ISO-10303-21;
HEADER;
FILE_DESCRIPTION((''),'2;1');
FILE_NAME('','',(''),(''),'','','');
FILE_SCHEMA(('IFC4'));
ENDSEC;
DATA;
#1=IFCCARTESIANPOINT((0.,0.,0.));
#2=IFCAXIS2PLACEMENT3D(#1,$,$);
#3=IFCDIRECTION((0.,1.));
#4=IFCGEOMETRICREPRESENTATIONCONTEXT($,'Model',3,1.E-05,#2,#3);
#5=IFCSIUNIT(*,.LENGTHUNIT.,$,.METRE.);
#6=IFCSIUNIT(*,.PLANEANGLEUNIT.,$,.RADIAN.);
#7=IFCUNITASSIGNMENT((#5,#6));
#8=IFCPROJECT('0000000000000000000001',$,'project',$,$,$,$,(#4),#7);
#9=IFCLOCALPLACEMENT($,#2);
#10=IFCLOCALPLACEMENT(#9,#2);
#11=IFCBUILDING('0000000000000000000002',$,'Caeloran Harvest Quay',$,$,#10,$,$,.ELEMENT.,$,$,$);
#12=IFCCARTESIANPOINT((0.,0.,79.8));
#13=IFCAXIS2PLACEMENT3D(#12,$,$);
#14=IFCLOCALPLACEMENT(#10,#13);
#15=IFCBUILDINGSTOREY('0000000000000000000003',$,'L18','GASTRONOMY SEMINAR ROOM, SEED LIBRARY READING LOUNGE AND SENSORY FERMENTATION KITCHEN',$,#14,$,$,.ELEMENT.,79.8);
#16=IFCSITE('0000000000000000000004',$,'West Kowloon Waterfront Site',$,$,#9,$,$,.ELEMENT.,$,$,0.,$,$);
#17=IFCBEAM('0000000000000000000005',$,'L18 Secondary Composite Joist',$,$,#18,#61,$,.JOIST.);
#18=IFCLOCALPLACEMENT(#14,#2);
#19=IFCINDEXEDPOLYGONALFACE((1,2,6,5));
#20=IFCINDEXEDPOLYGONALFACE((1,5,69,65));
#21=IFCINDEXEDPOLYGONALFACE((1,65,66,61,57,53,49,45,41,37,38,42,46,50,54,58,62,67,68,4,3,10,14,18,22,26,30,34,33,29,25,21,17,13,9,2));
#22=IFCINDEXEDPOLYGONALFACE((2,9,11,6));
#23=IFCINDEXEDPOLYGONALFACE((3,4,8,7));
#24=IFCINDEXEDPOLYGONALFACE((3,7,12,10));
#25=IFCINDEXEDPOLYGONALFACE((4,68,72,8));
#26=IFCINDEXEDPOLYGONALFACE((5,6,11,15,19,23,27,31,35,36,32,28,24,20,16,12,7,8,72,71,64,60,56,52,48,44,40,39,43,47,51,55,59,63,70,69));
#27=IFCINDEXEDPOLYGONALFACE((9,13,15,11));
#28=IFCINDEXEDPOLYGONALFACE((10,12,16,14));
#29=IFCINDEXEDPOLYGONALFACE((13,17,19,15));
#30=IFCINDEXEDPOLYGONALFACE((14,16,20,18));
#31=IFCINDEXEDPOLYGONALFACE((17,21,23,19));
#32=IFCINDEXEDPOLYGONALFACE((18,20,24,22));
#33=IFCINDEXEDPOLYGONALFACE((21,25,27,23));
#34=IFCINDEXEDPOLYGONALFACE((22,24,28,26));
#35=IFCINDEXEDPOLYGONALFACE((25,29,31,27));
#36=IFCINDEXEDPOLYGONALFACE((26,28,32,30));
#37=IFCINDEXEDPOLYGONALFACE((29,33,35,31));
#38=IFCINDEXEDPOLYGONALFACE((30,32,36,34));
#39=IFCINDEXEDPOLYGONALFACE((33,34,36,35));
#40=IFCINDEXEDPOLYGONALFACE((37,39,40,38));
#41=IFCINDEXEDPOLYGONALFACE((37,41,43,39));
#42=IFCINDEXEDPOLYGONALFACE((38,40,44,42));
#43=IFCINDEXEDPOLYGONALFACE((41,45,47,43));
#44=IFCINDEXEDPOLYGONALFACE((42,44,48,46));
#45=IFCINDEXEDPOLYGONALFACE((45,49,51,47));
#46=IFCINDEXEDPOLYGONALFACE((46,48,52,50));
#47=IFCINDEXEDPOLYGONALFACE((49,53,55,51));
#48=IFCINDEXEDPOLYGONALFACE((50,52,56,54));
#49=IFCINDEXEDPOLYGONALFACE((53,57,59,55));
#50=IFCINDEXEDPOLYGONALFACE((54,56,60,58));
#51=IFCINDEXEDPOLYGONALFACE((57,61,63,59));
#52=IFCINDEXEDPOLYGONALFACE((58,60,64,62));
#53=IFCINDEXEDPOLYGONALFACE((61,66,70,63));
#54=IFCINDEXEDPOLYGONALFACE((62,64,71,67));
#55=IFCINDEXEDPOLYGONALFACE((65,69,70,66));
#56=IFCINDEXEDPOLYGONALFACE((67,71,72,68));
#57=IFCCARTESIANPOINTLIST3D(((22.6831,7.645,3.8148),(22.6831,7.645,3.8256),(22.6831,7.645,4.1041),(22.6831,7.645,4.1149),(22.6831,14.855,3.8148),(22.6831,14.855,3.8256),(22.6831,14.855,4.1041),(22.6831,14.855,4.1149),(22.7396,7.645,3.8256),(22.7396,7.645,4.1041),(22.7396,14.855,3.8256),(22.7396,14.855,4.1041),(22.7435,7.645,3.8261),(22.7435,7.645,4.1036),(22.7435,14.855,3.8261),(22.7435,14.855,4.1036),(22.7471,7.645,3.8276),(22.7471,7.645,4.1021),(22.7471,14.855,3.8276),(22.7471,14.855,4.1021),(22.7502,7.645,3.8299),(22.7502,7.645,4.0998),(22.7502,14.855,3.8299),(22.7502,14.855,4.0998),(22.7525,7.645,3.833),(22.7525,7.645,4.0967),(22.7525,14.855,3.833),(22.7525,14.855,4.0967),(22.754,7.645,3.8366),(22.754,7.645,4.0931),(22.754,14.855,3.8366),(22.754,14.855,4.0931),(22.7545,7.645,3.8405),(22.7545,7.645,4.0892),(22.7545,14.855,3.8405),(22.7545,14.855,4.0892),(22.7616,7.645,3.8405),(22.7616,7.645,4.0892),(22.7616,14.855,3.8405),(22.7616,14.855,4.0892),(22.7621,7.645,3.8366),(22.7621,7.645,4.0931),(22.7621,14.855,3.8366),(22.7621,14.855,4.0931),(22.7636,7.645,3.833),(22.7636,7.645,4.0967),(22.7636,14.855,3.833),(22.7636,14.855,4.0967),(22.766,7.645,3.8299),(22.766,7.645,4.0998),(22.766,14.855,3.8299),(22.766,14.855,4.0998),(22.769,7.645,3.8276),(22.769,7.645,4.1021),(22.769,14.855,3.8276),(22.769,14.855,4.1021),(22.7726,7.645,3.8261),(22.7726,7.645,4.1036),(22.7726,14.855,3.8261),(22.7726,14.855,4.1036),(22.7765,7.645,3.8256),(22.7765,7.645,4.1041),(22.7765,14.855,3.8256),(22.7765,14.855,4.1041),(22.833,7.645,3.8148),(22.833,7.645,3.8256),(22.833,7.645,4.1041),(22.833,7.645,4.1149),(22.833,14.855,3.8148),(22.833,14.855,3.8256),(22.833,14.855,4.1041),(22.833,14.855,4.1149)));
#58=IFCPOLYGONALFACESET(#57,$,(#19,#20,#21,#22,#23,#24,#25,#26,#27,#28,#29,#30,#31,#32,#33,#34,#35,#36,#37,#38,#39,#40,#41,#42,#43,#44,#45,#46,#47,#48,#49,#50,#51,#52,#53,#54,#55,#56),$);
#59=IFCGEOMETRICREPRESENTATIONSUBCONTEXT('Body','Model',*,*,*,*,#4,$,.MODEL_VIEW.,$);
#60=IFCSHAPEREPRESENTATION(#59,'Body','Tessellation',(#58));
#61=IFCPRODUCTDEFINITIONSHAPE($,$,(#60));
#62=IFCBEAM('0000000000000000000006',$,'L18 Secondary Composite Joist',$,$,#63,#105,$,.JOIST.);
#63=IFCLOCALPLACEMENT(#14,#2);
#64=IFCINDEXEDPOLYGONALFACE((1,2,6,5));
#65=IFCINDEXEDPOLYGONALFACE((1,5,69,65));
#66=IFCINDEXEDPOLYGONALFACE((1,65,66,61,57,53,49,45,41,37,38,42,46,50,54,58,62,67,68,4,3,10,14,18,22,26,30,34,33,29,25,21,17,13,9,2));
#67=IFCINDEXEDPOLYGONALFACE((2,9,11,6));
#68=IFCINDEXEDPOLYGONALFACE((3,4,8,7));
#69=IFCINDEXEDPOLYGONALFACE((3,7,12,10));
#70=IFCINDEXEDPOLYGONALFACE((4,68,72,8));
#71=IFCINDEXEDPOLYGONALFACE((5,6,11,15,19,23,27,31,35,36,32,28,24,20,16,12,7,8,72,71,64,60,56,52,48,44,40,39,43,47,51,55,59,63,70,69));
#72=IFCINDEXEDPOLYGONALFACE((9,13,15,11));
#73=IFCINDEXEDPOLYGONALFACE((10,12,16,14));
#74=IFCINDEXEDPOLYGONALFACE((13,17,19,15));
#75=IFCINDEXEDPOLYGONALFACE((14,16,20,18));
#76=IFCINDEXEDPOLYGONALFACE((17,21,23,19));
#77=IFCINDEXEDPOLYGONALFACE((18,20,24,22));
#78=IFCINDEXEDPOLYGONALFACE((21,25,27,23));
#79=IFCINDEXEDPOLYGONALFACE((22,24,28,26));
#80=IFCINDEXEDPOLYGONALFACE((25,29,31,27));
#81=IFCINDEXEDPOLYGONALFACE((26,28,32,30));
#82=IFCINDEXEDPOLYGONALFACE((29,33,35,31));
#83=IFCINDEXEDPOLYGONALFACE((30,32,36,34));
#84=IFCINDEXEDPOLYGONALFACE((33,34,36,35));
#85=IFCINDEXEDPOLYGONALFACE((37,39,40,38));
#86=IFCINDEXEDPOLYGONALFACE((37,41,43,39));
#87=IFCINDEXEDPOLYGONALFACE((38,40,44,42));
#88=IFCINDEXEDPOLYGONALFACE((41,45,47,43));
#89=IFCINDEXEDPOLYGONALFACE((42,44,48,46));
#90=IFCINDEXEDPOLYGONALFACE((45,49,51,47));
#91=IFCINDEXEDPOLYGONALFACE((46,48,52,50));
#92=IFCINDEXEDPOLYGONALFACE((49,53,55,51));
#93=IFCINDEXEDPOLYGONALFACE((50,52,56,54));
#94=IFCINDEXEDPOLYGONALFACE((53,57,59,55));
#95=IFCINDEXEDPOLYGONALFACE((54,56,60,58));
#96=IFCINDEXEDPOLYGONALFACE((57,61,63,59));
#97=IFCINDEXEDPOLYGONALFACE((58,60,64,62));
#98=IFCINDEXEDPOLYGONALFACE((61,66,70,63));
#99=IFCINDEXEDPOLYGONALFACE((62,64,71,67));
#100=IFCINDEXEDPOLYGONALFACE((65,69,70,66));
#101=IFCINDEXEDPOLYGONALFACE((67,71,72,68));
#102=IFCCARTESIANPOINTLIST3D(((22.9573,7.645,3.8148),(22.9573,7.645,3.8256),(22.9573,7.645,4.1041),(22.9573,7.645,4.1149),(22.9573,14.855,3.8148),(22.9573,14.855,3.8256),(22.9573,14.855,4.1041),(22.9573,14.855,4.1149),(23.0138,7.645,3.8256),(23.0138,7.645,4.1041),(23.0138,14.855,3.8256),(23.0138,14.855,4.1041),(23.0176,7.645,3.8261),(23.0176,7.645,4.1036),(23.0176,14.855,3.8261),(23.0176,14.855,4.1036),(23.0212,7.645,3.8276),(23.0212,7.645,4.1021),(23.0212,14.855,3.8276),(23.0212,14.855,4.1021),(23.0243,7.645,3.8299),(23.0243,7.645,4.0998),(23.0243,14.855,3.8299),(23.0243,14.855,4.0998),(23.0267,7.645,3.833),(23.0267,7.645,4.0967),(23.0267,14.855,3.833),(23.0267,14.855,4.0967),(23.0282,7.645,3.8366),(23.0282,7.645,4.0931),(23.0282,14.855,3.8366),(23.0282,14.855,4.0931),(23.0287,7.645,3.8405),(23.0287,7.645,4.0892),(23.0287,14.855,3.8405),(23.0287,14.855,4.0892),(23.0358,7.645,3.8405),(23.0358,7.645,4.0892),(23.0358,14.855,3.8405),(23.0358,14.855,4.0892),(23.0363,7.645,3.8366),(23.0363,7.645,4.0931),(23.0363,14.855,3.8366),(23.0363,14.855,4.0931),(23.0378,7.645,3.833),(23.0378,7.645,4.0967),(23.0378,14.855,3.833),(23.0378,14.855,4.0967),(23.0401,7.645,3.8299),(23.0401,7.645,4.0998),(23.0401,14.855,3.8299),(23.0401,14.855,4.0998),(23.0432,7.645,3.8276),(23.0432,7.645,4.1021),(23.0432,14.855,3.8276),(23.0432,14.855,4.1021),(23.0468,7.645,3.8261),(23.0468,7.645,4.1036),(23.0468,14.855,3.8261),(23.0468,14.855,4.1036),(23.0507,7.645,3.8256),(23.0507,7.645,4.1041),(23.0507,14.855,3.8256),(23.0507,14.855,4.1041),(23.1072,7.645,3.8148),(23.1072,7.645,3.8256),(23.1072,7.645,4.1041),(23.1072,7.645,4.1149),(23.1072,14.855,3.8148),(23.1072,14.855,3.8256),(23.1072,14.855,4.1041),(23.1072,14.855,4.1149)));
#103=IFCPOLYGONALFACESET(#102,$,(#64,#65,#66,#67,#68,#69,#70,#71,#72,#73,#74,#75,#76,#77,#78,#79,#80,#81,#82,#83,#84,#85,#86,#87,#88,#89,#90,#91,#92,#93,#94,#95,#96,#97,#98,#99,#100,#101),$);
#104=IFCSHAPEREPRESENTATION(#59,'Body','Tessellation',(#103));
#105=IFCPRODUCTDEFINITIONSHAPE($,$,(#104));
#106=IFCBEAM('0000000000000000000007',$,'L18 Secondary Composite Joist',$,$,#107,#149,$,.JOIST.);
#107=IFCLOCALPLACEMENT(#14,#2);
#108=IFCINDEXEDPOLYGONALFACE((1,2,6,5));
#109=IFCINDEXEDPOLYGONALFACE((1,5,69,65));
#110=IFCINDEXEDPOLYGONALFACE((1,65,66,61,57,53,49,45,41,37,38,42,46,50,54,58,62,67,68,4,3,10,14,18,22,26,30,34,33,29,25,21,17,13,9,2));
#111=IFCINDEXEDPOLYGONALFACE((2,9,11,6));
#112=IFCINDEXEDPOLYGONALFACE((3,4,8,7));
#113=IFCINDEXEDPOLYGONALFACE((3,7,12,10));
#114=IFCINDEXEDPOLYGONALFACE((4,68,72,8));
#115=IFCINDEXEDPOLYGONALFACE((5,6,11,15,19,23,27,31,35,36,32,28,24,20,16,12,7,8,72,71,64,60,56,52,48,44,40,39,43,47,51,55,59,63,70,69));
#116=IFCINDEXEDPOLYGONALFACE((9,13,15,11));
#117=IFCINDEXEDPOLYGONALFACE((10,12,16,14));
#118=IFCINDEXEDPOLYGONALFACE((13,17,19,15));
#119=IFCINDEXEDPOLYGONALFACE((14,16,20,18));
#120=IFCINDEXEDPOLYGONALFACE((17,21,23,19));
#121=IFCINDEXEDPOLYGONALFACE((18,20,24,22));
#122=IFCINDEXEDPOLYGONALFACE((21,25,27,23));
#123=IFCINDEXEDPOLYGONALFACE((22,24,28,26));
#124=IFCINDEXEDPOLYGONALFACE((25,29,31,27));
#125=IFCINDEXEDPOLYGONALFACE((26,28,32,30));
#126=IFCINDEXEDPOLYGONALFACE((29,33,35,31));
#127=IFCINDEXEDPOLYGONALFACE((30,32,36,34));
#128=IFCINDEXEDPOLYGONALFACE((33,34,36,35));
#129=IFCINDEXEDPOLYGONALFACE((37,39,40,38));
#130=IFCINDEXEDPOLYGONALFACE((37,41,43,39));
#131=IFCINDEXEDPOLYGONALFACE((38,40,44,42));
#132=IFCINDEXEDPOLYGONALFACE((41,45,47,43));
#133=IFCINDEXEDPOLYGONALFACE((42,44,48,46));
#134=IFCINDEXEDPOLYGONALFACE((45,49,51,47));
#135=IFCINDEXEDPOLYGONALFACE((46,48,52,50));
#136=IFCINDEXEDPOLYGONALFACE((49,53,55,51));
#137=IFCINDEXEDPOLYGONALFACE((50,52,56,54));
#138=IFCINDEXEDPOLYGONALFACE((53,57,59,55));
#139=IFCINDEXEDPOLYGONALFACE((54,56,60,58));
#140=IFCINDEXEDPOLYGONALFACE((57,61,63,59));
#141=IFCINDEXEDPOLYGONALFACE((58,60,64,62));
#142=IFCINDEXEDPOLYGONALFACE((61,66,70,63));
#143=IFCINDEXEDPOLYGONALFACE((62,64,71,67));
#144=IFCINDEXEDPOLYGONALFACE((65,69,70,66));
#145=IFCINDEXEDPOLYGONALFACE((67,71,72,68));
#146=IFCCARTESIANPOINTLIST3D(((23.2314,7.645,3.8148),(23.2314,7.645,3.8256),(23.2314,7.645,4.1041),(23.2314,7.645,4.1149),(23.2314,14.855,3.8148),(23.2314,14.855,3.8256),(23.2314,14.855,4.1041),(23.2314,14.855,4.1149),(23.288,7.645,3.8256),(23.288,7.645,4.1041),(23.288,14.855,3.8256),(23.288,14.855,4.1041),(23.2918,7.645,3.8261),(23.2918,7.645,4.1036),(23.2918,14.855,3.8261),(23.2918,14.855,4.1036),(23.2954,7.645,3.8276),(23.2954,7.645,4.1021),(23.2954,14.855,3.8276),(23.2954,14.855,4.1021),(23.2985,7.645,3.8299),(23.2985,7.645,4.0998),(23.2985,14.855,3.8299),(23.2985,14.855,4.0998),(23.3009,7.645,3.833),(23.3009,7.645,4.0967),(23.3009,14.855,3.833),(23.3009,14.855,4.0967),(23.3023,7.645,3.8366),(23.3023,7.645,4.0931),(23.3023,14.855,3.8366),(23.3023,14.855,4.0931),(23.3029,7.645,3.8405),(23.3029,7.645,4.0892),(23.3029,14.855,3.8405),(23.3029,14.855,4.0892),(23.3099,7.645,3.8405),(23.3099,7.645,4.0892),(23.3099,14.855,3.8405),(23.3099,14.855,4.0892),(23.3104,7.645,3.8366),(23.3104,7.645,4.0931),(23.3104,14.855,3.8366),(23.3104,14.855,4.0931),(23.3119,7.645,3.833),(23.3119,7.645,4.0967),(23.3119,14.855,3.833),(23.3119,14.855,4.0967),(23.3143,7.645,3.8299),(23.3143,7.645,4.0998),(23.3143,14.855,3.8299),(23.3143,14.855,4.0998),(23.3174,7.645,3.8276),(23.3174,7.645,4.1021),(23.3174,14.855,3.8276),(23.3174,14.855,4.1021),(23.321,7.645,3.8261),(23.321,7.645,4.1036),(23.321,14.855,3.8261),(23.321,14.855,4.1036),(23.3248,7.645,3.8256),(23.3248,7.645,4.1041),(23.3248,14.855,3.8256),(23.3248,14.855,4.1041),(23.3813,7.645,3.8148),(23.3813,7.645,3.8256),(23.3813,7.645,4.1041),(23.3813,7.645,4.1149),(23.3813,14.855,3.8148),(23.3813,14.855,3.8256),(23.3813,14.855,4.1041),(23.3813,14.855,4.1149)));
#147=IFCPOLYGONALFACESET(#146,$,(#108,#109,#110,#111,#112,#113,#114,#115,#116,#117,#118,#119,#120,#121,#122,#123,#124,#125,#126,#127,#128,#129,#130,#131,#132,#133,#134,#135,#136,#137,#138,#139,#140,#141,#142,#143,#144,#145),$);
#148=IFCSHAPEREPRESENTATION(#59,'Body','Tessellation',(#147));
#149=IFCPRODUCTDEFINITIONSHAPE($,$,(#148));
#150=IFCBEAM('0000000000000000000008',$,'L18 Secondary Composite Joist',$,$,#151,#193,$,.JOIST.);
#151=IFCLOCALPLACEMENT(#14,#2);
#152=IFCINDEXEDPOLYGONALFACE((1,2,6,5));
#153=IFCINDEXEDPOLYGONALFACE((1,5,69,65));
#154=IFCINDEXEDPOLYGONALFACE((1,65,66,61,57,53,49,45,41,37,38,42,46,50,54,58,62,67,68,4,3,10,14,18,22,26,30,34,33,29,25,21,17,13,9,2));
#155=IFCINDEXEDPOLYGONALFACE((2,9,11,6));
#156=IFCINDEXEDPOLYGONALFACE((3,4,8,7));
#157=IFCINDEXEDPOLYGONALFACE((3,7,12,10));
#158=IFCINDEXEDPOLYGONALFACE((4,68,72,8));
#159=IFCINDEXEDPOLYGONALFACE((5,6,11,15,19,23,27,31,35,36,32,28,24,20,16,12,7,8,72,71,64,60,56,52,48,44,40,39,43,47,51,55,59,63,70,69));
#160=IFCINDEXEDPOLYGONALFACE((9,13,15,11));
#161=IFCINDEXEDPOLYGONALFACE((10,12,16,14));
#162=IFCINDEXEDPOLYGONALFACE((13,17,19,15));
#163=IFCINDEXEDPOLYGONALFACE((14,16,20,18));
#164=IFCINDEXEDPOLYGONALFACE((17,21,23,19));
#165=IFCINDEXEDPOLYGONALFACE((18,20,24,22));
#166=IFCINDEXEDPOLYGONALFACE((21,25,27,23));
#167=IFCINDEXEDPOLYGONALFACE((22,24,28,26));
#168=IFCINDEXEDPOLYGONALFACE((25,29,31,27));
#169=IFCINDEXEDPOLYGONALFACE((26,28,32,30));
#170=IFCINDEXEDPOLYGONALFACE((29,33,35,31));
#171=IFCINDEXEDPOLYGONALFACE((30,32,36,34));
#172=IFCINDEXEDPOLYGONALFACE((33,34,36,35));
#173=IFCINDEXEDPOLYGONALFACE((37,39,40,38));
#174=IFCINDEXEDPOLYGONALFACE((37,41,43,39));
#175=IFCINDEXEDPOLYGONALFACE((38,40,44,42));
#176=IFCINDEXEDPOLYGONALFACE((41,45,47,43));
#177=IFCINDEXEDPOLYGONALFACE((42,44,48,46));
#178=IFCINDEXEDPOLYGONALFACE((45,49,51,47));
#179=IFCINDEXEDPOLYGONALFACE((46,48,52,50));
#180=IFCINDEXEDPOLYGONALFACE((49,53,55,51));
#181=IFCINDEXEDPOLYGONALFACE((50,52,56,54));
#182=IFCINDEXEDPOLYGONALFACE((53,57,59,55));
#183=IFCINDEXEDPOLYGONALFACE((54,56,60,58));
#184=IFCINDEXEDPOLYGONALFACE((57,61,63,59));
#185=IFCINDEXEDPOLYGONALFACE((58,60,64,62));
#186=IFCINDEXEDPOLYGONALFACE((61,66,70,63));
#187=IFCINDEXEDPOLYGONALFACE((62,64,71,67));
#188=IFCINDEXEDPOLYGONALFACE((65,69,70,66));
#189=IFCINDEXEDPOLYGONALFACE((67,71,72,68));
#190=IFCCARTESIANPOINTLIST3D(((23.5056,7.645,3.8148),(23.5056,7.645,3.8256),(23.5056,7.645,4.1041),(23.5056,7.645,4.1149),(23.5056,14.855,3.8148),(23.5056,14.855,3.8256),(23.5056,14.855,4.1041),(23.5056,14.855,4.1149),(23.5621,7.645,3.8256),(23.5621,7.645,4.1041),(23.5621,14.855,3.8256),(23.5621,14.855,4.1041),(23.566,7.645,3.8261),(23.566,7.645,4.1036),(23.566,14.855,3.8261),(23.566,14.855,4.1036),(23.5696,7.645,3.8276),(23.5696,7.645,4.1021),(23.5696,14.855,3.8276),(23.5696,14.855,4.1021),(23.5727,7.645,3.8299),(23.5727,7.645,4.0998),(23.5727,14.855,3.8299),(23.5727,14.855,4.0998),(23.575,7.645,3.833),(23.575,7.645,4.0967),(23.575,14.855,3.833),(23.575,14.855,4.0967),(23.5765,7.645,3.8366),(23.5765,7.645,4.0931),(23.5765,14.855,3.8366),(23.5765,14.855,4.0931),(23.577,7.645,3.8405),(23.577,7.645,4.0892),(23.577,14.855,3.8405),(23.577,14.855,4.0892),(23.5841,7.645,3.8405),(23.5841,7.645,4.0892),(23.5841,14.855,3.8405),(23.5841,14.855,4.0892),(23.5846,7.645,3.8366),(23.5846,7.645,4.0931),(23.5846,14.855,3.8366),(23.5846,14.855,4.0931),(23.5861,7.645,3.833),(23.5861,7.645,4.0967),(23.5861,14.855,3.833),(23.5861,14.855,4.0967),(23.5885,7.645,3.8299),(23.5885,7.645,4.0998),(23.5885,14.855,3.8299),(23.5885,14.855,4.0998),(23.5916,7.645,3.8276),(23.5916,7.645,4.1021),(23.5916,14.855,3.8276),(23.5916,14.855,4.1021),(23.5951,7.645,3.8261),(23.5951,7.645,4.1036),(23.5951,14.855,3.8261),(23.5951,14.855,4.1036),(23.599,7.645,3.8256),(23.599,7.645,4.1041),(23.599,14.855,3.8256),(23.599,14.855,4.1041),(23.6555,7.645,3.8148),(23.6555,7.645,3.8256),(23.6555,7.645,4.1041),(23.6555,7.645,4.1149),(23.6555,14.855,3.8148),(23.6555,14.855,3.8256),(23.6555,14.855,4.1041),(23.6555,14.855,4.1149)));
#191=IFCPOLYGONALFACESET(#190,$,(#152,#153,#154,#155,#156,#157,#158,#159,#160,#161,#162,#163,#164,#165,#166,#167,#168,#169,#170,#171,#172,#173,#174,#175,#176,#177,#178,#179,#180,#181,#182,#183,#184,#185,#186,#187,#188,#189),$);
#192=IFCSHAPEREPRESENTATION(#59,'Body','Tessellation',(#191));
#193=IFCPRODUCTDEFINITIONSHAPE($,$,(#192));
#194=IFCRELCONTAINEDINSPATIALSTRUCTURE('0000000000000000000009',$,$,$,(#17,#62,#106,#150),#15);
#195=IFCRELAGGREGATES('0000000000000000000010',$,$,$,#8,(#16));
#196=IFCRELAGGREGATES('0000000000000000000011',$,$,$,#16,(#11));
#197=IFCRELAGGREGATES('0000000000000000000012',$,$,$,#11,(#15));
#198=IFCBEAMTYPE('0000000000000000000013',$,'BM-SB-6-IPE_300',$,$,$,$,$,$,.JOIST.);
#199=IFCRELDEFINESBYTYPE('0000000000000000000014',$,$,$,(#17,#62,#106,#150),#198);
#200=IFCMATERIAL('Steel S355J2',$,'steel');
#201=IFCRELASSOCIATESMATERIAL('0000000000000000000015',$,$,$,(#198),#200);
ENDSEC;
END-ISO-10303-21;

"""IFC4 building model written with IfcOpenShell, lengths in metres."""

from ifc_helpers import new_model, si_unit, direction, frame, origin, origin_2d, place, context, subcontext, project, spatial, i_section, extrude, material, material_profile, profile_set, type_object, element, save


model = new_model("IFC4")

# Units and contexts
model_context = context("Model", 3, precision=1e-05, world=origin(), true_north=direction((0.0, 1.0)))
body_context = subcontext(model_context, "Body", "Model", "MODEL_VIEW")
ifc_project = project(units=[si_unit("LENGTHUNIT", "METRE"), si_unit("PLANEANGLEUNIT", "RADIAN")], contexts=[model_context])

# Site, building, storey
site_placement = place(None, origin())
site = spatial("IfcSite", under=ifc_project, at=site_placement, Name="West Kowloon Waterfront Site", CompositionType="ELEMENT", RefElevation=0.0)
building_placement = place(site_placement, origin())
building = spatial("IfcBuilding", under=site, at=building_placement, Name="Caeloran Harvest Quay", CompositionType="ELEMENT")
storey_placement = place(building_placement, frame((0.0, 0.0, 79.8)))
storey = spatial("IfcBuildingStorey", under=building, at=storey_placement, Name="L18", Description="GASTRONOMY SEMINAR ROOM, SEED LIBRARY READING LOUNGE AND SENSORY FERMENTATION KITCHEN", CompositionType="ELEMENT", Elevation=79.8)

# Beams
ifc_material_1 = material(Name="Steel S355J2", Category="steel")
ifc_material_profile_1 = material_profile(ifc_material_1, i_section(OverallWidth=0.1499, OverallDepth=0.3, WebThickness=0.0071, FlangeThickness=0.0107, FilletRadius=0.0149, at=origin_2d()), Name="IPE 300")
ifc_profile_set_1 = profile_set([ifc_material_profile_1], Name="Steel S355J2")
beam_type_1 = type_object("IfcBeamType", Name="BM-SB-6-IPE_300", PredefinedType="JOIST", material=ifc_profile_set_1)
for number, where, z_axis, x_axis, name in (
    (1, (22.7581, 7.645, 3.9648), (0.0, 1.0, 0.0), (-1.0, 0.0, 0.0), "L18 Secondary Composite Joist"),
    (2, (23.0322, 7.645, 3.9648), (0.0, 1.0, 0.0), (-1.0, 0.0, 0.0), "L18 Secondary Composite Joist"),
    (3, (23.3064, 7.645, 3.9648), (0.0, 1.0, 0.0), (-1.0, 0.0, 0.0), "L18 Secondary Composite Joist"),
    (4, (23.5806, 7.645, 3.9648), (0.0, 1.0, 0.0), (-1.0, 0.0, 0.0), "L18 Secondary Composite Joist"),
):
    element("IfcBeam", number, at=place(storey_placement, frame(where, z_axis=z_axis, x_axis=x_axis)), inside=storey, type_object=beam_type_1, Name=name, PredefinedType="JOIST", context=body_context, shape_type="SweptSolid", body=[
        extrude(i_section(OverallWidth=0.1499, OverallDepth=0.3, WebThickness=0.0071, FlangeThickness=0.0107, FilletRadius=0.0149, at=origin_2d()), origin(), (0.0, 0.0, 1.0), 7.21),
    ])

save(model, "model.ifc")
